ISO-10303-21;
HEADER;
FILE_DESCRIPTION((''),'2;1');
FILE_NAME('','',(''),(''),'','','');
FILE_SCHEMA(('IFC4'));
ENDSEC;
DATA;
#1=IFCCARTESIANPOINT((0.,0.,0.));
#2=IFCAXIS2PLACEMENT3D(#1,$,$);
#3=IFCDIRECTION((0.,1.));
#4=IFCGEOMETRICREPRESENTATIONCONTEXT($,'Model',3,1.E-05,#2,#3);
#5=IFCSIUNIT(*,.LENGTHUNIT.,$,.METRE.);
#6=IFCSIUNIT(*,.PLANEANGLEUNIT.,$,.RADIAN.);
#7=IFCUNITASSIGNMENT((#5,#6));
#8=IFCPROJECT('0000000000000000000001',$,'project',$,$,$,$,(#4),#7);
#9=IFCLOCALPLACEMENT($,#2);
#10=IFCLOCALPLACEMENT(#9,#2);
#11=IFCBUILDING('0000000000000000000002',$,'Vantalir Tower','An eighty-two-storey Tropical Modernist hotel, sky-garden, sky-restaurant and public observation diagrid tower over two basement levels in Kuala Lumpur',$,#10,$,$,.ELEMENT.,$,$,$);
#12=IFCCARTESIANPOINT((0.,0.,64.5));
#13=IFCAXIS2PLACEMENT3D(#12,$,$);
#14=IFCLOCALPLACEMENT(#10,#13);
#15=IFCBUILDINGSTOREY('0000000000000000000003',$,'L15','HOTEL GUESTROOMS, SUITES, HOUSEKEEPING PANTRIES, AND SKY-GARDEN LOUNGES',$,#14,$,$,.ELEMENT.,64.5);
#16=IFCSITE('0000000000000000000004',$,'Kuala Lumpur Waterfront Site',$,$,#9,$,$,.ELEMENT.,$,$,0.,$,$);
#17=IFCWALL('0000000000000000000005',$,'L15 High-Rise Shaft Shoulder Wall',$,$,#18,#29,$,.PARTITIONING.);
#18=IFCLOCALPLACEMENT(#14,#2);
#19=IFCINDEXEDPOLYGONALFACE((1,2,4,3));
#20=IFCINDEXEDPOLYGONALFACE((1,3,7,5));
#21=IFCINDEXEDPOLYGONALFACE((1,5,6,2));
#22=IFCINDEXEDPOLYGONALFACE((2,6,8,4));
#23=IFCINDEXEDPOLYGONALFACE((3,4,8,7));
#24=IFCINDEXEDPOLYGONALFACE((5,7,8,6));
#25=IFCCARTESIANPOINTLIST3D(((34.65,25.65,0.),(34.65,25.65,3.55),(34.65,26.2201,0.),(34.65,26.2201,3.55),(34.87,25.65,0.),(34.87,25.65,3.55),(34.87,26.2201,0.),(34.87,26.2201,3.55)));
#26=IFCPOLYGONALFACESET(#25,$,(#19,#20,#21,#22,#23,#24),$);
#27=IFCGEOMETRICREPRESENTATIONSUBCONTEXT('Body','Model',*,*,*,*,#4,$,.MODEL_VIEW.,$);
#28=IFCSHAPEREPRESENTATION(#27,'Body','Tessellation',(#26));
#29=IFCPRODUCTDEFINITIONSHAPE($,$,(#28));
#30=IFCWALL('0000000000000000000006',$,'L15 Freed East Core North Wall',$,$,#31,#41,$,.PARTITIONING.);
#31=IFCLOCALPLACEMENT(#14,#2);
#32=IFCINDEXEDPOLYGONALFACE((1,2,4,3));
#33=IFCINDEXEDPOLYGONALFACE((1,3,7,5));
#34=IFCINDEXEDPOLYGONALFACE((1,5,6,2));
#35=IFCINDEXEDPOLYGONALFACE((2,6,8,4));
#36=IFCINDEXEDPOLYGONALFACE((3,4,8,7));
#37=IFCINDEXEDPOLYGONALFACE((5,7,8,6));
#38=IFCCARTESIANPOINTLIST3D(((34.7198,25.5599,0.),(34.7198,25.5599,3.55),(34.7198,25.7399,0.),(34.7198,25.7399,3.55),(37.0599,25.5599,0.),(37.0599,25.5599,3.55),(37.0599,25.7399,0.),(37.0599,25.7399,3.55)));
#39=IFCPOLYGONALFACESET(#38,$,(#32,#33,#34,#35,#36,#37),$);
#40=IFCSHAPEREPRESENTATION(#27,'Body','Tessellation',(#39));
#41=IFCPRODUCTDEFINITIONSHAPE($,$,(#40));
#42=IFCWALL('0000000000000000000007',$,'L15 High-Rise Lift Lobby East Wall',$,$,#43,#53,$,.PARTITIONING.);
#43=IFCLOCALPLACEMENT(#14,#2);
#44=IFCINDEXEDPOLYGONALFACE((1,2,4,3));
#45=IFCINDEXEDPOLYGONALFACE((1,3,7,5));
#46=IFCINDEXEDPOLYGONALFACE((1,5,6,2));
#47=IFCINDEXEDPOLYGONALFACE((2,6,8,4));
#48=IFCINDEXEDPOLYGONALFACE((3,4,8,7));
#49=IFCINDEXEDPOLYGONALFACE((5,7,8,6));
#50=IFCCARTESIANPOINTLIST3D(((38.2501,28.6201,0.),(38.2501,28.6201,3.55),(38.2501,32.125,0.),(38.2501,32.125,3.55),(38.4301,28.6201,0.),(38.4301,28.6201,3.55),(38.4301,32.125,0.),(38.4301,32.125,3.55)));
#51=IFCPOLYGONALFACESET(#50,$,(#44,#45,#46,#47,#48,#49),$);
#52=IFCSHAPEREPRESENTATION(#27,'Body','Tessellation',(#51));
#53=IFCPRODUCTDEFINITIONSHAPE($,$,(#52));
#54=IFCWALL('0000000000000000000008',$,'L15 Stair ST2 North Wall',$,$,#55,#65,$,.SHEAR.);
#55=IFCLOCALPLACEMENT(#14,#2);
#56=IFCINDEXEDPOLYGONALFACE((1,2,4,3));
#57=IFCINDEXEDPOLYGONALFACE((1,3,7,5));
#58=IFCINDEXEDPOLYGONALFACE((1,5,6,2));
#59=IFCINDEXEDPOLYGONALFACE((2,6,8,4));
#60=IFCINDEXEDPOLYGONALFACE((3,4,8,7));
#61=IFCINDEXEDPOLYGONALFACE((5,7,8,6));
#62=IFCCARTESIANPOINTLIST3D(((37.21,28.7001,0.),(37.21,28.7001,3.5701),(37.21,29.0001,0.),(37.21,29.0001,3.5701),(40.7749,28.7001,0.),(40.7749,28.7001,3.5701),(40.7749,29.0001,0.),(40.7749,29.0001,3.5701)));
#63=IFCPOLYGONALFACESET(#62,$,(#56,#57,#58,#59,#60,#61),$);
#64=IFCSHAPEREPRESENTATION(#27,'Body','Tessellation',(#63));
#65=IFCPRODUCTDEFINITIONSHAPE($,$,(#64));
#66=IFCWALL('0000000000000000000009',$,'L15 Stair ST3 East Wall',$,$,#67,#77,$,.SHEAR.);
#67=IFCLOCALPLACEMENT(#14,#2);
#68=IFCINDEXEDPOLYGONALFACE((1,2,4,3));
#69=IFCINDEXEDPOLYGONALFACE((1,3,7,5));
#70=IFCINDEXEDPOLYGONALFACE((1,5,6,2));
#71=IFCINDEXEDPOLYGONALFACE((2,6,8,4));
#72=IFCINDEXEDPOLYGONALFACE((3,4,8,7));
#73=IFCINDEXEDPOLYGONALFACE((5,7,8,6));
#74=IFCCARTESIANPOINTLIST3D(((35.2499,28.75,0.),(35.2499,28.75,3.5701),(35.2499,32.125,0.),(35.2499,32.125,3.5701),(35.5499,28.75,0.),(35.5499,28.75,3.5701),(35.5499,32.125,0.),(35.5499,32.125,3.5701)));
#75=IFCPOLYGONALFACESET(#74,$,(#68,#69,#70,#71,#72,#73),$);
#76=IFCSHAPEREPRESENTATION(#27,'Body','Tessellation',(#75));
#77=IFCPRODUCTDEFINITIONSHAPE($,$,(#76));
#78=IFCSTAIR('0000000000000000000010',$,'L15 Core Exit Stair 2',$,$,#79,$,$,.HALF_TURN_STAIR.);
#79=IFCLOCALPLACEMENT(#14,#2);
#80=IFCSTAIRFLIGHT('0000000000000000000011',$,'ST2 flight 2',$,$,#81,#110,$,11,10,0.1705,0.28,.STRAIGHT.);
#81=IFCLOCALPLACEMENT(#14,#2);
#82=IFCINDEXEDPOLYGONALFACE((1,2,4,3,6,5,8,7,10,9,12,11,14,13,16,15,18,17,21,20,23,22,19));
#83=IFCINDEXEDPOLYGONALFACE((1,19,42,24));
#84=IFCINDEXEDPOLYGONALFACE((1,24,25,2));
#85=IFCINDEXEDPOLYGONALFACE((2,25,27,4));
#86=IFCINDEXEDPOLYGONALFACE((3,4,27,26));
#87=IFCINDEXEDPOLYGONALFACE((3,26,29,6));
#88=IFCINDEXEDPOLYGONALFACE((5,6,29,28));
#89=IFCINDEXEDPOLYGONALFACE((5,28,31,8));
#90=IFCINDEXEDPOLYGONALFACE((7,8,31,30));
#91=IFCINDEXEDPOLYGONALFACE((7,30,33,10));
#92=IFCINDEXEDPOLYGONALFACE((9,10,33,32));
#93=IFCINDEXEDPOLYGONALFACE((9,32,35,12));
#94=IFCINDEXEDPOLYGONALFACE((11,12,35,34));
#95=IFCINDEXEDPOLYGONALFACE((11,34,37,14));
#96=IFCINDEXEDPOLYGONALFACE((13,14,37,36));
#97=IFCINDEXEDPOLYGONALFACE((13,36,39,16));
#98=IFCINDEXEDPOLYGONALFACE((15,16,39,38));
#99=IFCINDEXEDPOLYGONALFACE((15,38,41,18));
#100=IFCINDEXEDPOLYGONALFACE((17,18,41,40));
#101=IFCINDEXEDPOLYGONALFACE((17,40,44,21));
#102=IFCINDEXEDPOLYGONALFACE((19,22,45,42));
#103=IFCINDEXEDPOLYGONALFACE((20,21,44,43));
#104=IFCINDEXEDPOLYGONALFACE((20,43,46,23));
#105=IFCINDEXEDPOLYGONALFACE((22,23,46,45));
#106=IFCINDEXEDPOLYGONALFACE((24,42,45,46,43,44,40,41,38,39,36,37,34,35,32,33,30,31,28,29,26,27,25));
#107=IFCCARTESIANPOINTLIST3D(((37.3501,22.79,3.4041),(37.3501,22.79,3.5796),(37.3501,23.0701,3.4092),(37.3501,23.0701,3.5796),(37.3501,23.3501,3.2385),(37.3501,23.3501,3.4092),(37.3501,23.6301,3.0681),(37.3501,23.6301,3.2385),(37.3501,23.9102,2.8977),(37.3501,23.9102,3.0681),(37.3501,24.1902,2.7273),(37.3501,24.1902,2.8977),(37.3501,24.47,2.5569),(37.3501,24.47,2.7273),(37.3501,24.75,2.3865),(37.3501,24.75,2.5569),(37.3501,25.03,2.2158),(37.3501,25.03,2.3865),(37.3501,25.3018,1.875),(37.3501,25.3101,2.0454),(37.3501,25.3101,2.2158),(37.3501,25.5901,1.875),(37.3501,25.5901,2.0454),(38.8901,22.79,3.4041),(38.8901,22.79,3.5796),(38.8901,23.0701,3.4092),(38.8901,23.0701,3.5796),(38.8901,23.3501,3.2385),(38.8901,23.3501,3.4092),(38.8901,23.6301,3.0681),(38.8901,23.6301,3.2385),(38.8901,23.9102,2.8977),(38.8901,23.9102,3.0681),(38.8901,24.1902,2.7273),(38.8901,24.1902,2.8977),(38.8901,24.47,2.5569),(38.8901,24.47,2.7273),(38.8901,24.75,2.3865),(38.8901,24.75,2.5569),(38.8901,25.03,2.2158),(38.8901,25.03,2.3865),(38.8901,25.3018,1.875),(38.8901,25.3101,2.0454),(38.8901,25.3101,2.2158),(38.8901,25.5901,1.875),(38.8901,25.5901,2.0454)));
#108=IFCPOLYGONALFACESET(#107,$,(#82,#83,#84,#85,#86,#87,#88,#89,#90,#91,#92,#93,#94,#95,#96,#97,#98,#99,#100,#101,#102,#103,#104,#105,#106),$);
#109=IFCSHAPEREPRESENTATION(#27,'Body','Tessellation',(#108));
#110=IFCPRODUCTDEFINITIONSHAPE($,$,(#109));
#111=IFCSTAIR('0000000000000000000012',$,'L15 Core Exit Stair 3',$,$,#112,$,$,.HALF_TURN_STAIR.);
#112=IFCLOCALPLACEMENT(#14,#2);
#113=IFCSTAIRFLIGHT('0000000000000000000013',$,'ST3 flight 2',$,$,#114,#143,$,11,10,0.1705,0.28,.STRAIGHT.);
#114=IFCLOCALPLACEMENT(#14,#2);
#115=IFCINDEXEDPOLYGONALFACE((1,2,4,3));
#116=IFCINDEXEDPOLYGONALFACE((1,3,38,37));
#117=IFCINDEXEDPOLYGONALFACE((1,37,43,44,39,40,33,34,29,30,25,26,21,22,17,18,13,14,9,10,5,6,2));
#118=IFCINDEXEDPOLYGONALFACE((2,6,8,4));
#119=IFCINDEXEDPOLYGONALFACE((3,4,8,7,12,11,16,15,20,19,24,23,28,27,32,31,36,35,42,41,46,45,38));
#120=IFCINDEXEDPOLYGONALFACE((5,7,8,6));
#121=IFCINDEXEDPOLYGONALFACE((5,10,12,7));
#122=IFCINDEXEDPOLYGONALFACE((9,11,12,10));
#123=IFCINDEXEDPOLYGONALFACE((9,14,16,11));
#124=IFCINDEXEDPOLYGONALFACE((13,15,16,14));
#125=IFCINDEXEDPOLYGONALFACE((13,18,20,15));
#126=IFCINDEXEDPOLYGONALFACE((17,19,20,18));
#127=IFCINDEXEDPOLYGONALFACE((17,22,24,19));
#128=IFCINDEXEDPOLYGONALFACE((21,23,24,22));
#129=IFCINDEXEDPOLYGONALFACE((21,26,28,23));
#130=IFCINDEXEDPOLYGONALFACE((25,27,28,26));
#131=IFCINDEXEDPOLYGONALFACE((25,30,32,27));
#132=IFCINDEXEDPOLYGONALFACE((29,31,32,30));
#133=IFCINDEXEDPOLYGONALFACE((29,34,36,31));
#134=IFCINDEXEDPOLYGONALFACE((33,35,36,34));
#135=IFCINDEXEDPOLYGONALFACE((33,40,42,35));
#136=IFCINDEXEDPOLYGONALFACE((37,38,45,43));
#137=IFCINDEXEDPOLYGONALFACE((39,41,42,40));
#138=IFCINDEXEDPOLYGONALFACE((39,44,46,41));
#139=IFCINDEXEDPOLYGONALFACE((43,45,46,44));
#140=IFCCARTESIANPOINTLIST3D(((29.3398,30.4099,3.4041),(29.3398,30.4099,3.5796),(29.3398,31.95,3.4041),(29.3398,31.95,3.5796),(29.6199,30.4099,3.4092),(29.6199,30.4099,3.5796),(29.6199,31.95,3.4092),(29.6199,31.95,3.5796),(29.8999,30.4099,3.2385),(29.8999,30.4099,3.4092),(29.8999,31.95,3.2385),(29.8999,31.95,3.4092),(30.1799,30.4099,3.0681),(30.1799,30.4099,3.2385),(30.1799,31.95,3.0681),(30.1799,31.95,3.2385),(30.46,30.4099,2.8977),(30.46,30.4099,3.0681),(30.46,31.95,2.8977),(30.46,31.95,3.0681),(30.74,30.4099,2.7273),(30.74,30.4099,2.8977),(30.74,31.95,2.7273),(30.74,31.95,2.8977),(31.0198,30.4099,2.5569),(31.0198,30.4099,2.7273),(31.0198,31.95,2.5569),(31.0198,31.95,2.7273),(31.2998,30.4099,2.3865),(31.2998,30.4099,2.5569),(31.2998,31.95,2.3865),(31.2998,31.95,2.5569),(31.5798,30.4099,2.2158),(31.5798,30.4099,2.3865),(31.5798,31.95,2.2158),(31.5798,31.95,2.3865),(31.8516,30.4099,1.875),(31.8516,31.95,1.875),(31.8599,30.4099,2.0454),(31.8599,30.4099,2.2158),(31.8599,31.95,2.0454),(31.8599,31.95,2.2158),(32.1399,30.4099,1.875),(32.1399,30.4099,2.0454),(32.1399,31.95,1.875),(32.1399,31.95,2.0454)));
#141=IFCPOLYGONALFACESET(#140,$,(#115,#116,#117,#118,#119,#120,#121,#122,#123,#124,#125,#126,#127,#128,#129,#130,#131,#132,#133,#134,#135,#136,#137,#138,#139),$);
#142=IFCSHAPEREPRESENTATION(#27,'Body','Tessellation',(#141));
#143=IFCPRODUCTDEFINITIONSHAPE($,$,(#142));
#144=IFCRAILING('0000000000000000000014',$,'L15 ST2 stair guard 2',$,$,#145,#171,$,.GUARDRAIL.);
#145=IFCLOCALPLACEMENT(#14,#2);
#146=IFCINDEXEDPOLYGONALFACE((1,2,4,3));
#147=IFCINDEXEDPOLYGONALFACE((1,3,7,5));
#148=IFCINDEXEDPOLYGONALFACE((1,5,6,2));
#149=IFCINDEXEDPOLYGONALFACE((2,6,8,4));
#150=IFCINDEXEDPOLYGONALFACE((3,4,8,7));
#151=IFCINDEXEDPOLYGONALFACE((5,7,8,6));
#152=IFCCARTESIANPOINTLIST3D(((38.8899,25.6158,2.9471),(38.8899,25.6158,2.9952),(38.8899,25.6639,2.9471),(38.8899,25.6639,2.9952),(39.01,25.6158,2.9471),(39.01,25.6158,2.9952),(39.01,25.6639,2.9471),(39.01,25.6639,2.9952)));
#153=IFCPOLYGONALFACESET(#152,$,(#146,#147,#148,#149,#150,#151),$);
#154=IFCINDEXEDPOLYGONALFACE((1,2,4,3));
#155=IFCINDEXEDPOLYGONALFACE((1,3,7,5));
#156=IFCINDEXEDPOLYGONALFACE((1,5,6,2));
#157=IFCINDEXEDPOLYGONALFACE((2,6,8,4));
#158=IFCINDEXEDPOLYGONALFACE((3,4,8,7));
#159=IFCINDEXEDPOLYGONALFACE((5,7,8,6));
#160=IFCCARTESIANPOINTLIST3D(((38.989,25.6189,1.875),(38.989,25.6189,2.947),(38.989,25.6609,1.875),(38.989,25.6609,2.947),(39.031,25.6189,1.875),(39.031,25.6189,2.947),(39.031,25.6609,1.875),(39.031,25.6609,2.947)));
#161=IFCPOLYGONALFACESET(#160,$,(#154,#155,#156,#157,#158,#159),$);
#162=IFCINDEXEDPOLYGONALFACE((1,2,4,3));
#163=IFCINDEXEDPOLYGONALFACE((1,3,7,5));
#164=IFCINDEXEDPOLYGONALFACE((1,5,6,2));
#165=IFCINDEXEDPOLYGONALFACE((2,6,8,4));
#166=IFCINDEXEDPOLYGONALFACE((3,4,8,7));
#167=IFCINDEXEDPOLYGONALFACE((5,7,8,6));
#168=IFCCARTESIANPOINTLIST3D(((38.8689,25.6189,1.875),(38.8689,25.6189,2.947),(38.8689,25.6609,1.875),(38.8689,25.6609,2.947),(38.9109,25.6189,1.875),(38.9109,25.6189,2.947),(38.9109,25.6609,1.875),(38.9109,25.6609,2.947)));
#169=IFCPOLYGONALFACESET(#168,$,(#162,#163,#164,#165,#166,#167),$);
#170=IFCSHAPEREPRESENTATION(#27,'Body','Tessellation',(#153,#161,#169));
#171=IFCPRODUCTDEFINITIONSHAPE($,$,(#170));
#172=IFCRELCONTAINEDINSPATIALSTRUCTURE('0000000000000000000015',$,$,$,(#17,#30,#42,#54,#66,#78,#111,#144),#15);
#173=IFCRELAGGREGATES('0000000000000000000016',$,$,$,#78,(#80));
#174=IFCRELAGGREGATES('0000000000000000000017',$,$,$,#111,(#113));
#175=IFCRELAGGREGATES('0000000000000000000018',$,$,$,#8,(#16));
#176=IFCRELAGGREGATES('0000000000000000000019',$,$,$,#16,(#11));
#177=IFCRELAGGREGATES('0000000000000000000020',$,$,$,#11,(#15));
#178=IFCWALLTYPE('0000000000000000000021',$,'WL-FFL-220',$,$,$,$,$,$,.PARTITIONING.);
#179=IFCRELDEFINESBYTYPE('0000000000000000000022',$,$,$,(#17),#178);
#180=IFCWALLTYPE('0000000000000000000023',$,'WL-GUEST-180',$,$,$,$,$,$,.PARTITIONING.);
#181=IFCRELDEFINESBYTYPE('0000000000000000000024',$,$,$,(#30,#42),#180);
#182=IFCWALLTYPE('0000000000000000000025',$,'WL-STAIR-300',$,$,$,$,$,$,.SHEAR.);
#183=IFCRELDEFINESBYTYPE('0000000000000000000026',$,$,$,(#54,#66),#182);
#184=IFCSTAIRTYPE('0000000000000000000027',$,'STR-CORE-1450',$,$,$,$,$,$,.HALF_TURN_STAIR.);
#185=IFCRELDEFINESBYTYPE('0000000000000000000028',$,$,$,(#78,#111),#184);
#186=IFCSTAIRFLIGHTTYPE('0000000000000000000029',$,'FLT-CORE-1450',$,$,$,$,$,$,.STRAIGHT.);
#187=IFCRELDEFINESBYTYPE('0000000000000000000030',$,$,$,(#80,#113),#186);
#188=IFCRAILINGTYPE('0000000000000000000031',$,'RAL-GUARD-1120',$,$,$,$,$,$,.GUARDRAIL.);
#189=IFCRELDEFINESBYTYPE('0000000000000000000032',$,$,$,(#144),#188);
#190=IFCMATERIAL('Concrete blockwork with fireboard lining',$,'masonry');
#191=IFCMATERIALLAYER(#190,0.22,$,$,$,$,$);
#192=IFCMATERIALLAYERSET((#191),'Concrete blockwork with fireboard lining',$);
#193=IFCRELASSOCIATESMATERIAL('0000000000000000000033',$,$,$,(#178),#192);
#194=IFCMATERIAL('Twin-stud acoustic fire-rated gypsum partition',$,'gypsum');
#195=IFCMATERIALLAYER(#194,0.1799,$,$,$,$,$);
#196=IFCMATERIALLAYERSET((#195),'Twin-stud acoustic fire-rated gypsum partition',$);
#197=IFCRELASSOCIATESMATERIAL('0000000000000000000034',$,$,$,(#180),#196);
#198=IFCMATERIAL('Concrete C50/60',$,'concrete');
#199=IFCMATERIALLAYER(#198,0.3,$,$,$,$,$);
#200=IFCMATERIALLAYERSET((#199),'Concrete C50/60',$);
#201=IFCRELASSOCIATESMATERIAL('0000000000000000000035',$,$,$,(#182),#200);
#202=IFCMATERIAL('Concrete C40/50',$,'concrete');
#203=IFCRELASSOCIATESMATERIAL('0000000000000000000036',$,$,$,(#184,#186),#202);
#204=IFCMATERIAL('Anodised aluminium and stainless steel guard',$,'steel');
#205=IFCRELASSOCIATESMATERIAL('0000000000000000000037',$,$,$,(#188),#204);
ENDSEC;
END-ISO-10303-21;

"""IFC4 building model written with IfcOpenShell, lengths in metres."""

from ifc_helpers import new_model, si_unit, direction, frame, frame_2d, origin, origin_2d, place, context, subcontext, project, spatial, polyline, rectangle, outline, extrude, material, layer, layer_set, type_object, element, aggregate, save


model = new_model("IFC4")

# Units and contexts
model_context = context("Model", 3, precision=1e-05, world=origin(), true_north=direction((0.0, 1.0)))
body_context = subcontext(model_context, "Body", "Model", "MODEL_VIEW")
ifc_project = project(units=[si_unit("LENGTHUNIT", "METRE"), si_unit("PLANEANGLEUNIT", "RADIAN")], contexts=[model_context])

# Site, building, storey
site_placement = place(None, origin())
site = spatial("IfcSite", under=ifc_project, at=site_placement, Name="Kuala Lumpur Waterfront Site", CompositionType="ELEMENT", RefElevation=0.0)
building_placement = place(site_placement, origin())
building = spatial("IfcBuilding", under=site, at=building_placement, Name="Vantalir Tower", Description="An eighty-two-storey Tropical Modernist hotel, sky-garden, sky-restaurant and public observation diagrid tower over two basement levels in Kuala Lumpur", CompositionType="ELEMENT")
storey_placement = place(building_placement, frame((0.0, 0.0, 64.5)))
storey = spatial("IfcBuildingStorey", under=building, at=storey_placement, Name="L15", Description="HOTEL GUESTROOMS, SUITES, HOUSEKEEPING PANTRIES, AND SKY-GARDEN LOUNGES", CompositionType="ELEMENT", Elevation=64.5)

# Walls
ifc_material_1 = material(Name="Concrete blockwork with fireboard lining", Category="masonry")
ifc_layer_1 = layer(ifc_material_1, 0.22)
ifc_layer_set_1 = layer_set([ifc_layer_1], Name="Concrete blockwork with fireboard lining")
wall_type_1 = type_object("IfcWallType", Name="WL-FFL-220", PredefinedType="PARTITIONING", material=ifc_layer_set_1)
wall_1_placement = place(storey_placement, frame((34.76, 25.6499, 0.0), z_axis=(0.0, 0.0, 1.0), x_axis=(0.0, 1.0, 0.0)))
element("IfcWall", 1, at=wall_1_placement, inside=storey, type_object=wall_type_1, Name="L15 High-Rise Shaft Shoulder Wall", PredefinedType="PARTITIONING", context=body_context, shape_type="SweptSolid", body=[
    extrude(rectangle(XDim=0.5701, YDim=0.22, at=frame_2d((0.2852, 0.0))), origin(), (0.0, 0.0, 1.0), 3.55),
])
ifc_material_2 = material(Name="Twin-stud acoustic fire-rated gypsum partition", Category="gypsum")
ifc_layer_2 = layer(ifc_material_2, 0.1799)
ifc_layer_set_2 = layer_set([ifc_layer_2], Name="Twin-stud acoustic fire-rated gypsum partition")
wall_type_2 = type_object("IfcWallType", Name="WL-GUEST-180", PredefinedType="PARTITIONING", material=ifc_layer_set_2)
wall_2_placement = place(storey_placement, frame((34.72, 25.6499, 0.0), z_axis=(0.0, 0.0, 1.0), x_axis=(1.0, 0.0, 0.0)))
element("IfcWall", 2, at=wall_2_placement, inside=storey, type_object=wall_type_2, Name="L15 Freed East Core North Wall", PredefinedType="PARTITIONING", context=body_context, shape_type="SweptSolid", body=[
    extrude(rectangle(XDim=2.3401, YDim=0.1799, at=frame_2d((1.1699, 0.0))), origin(), (0.0, 0.0, 1.0), 3.55),
])
wall_3_placement = place(storey_placement, frame((38.3401, 28.6201, 0.0), z_axis=(0.0, 0.0, 1.0), x_axis=(0.0, 1.0, 0.0)))
element("IfcWall", 3, at=wall_3_placement, inside=storey, type_object=wall_type_2, Name="L15 High-Rise Lift Lobby East Wall", PredefinedType="PARTITIONING", context=body_context, shape_type="SweptSolid", body=[
    extrude(rectangle(XDim=3.5049, YDim=0.1799, at=frame_2d((1.7524, 0.0))), origin(), (0.0, 0.0, 1.0), 3.55),
])
ifc_material_3 = material(Name="Concrete C50/60", Category="concrete")
ifc_layer_3 = layer(ifc_material_3, 0.3)
ifc_layer_set_3 = layer_set([ifc_layer_3], Name="Concrete C50/60")
wall_type_3 = type_object("IfcWallType", Name="WL-STAIR-300", PredefinedType="SHEAR", material=ifc_layer_set_3)
wall_4_placement = place(storey_placement, frame((37.21, 28.8501, 0.0), z_axis=(0.0, 0.0, 1.0), x_axis=(1.0, 0.0, 0.0)))
element("IfcWall", 4, at=wall_4_placement, inside=storey, type_object=wall_type_3, Name="L15 Stair ST2 North Wall", PredefinedType="SHEAR", context=body_context, shape_type="SweptSolid", body=[
    extrude(rectangle(XDim=3.5649, YDim=0.3, at=frame_2d((1.7825, 0.0))), origin(), (0.0, 0.0, 1.0), 3.5701),
])
wall_5_placement = place(storey_placement, frame((35.3999, 28.75, 0.0), z_axis=(0.0, 0.0, 1.0), x_axis=(0.0, 1.0, 0.0)))
element("IfcWall", 5, at=wall_5_placement, inside=storey, type_object=wall_type_3, Name="L15 Stair ST3 East Wall", PredefinedType="SHEAR", context=body_context, shape_type="SweptSolid", body=[
    extrude(rectangle(XDim=3.375, YDim=0.3, at=frame_2d((1.6875, 0.0))), origin(), (0.0, 0.0, 1.0), 3.5701),
])

# Stairs, stair flights
ifc_material_4 = material(Name="Concrete C40/50", Category="concrete")
stair_type = type_object("IfcStairType", Name="STR-CORE-1450", PredefinedType="HALF_TURN_STAIR", material=ifc_material_4)
stair_1_placement = place(storey_placement, origin())
stair_1 = element("IfcStair", 6, at=stair_1_placement, inside=storey, type_object=stair_type, Name="L15 Core Exit Stair 2", PredefinedType="HALF_TURN_STAIR")
stair_flight_type = type_object("IfcStairFlightType", Name="FLT-CORE-1450", PredefinedType="STRAIGHT", material=ifc_material_4)
stair_flight_1_placement = place(storey_placement, frame((38.1201, 25.5901, 1.875), z_axis=(0.0, 0.0, 1.0), x_axis=(0.0, -1.0, 0.0)))
stair_flight_1 = element("IfcStairFlight", 7, at=stair_flight_1_placement, type_object=stair_flight_type, Name="ST2 flight 2", NumberOfRisers=11, NumberOfTreads=10, PredefinedType="STRAIGHT", RiserHeight=0.1705, TreadLength=0.28, context=body_context, shape_type="SweptSolid", body=[
    extrude(outline(polyline([(0.0, 0.0), (0.0, 0.1704), (0.28, 0.1704), (0.28, 0.3408), (0.5601, 0.3408), (0.5601, 0.5115), (0.8401, 0.5115), (0.8401, 0.6819), (1.1201, 0.6819), (1.1201, 0.8523), (1.3999, 0.8523), (1.3999, 1.0227), (1.6799, 1.0227), (1.6799, 1.1931), (1.96, 1.1931), (1.96, 1.3635), (2.24, 1.3635), (2.24, 1.5342), (2.52, 1.5342), (2.52, 1.7046), (2.8, 1.7046), (2.8, 1.875), (2.8, 1.5291), (0.2883, 0.0), (0.0, 0.0)])), frame((0.0, 0.77, 0.0), z_axis=(0.0, -1.0, 0.0), x_axis=(1.0, 0.0, 0.0)), (0.0, 0.0, 1.0), 1.54),
])
aggregate(stair_1, [stair_flight_1])
stair_2_placement = place(storey_placement, origin())
stair_2 = element("IfcStair", 8, at=stair_2_placement, inside=storey, type_object=stair_type, Name="L15 Core Exit Stair 3", PredefinedType="HALF_TURN_STAIR")
stair_flight_2_placement = place(storey_placement, frame((32.1399, 31.1799, 1.875), z_axis=(0.0, 0.0, 1.0), x_axis=(-1.0, 0.0, 0.0)))
stair_flight_2 = element("IfcStairFlight", 9, at=stair_flight_2_placement, type_object=stair_flight_type, Name="ST3 flight 2", NumberOfRisers=11, NumberOfTreads=10, PredefinedType="STRAIGHT", RiserHeight=0.1705, TreadLength=0.28, context=body_context, shape_type="SweptSolid", body=[
    extrude(outline(polyline([(0.0, 0.0), (0.0, 0.1704), (0.28, 0.1704), (0.28, 0.3408), (0.5601, 0.3408), (0.5601, 0.5115), (0.8401, 0.5115), (0.8401, 0.6819), (1.1201, 0.6819), (1.1201, 0.8523), (1.3999, 0.8523), (1.3999, 1.0227), (1.6799, 1.0227), (1.6799, 1.1931), (1.96, 1.1931), (1.96, 1.3635), (2.24, 1.3635), (2.24, 1.5342), (2.52, 1.5342), (2.52, 1.7046), (2.8, 1.7046), (2.8, 1.875), (2.8, 1.5291), (0.2883, 0.0), (0.0, 0.0)])), frame((0.0, 0.77, 0.0), z_axis=(0.0, -1.0, 0.0), x_axis=(1.0, 0.0, 0.0)), (0.0, 0.0, 1.0), 1.54),
])
aggregate(stair_2, [stair_flight_2])

# Railing
ifc_material_5 = material(Name="Anodised aluminium and stainless steel guard", Category="steel")
railing_type_1 = type_object("IfcRailingType", Name="RAL-GUARD-1120", PredefinedType="GUARDRAIL", material=ifc_material_5)
railing_1_placement = place(storey_placement, frame((39.01, 25.6399, 1.875)))
element("IfcRailing", 10, at=railing_1_placement, inside=storey, type_object=railing_type_1, Name="L15 ST2 stair guard 2", PredefinedType="GUARDRAIL", context=body_context, shape_type="SweptSolid", body=[
    extrude(rectangle(XDim=0.0481, YDim=0.0481, at=origin_2d()), frame((0.0, 0.0, 1.0962), z_axis=(-1.0, 0.0, 0.0), x_axis=(0.0, -1.0, 0.0)), (0.0, 0.0, 1.0), 0.1201),
    extrude(rectangle(XDim=0.042, YDim=0.042, at=origin_2d()), origin(), (0.0, 0.0, 1.0), 1.072),
    extrude(rectangle(XDim=0.042, YDim=0.042, at=origin_2d()), frame((-0.1201, 0.0, 0.0)), (0.0, 0.0, 1.0), 1.072),
])

save(model, "model.ifc")
